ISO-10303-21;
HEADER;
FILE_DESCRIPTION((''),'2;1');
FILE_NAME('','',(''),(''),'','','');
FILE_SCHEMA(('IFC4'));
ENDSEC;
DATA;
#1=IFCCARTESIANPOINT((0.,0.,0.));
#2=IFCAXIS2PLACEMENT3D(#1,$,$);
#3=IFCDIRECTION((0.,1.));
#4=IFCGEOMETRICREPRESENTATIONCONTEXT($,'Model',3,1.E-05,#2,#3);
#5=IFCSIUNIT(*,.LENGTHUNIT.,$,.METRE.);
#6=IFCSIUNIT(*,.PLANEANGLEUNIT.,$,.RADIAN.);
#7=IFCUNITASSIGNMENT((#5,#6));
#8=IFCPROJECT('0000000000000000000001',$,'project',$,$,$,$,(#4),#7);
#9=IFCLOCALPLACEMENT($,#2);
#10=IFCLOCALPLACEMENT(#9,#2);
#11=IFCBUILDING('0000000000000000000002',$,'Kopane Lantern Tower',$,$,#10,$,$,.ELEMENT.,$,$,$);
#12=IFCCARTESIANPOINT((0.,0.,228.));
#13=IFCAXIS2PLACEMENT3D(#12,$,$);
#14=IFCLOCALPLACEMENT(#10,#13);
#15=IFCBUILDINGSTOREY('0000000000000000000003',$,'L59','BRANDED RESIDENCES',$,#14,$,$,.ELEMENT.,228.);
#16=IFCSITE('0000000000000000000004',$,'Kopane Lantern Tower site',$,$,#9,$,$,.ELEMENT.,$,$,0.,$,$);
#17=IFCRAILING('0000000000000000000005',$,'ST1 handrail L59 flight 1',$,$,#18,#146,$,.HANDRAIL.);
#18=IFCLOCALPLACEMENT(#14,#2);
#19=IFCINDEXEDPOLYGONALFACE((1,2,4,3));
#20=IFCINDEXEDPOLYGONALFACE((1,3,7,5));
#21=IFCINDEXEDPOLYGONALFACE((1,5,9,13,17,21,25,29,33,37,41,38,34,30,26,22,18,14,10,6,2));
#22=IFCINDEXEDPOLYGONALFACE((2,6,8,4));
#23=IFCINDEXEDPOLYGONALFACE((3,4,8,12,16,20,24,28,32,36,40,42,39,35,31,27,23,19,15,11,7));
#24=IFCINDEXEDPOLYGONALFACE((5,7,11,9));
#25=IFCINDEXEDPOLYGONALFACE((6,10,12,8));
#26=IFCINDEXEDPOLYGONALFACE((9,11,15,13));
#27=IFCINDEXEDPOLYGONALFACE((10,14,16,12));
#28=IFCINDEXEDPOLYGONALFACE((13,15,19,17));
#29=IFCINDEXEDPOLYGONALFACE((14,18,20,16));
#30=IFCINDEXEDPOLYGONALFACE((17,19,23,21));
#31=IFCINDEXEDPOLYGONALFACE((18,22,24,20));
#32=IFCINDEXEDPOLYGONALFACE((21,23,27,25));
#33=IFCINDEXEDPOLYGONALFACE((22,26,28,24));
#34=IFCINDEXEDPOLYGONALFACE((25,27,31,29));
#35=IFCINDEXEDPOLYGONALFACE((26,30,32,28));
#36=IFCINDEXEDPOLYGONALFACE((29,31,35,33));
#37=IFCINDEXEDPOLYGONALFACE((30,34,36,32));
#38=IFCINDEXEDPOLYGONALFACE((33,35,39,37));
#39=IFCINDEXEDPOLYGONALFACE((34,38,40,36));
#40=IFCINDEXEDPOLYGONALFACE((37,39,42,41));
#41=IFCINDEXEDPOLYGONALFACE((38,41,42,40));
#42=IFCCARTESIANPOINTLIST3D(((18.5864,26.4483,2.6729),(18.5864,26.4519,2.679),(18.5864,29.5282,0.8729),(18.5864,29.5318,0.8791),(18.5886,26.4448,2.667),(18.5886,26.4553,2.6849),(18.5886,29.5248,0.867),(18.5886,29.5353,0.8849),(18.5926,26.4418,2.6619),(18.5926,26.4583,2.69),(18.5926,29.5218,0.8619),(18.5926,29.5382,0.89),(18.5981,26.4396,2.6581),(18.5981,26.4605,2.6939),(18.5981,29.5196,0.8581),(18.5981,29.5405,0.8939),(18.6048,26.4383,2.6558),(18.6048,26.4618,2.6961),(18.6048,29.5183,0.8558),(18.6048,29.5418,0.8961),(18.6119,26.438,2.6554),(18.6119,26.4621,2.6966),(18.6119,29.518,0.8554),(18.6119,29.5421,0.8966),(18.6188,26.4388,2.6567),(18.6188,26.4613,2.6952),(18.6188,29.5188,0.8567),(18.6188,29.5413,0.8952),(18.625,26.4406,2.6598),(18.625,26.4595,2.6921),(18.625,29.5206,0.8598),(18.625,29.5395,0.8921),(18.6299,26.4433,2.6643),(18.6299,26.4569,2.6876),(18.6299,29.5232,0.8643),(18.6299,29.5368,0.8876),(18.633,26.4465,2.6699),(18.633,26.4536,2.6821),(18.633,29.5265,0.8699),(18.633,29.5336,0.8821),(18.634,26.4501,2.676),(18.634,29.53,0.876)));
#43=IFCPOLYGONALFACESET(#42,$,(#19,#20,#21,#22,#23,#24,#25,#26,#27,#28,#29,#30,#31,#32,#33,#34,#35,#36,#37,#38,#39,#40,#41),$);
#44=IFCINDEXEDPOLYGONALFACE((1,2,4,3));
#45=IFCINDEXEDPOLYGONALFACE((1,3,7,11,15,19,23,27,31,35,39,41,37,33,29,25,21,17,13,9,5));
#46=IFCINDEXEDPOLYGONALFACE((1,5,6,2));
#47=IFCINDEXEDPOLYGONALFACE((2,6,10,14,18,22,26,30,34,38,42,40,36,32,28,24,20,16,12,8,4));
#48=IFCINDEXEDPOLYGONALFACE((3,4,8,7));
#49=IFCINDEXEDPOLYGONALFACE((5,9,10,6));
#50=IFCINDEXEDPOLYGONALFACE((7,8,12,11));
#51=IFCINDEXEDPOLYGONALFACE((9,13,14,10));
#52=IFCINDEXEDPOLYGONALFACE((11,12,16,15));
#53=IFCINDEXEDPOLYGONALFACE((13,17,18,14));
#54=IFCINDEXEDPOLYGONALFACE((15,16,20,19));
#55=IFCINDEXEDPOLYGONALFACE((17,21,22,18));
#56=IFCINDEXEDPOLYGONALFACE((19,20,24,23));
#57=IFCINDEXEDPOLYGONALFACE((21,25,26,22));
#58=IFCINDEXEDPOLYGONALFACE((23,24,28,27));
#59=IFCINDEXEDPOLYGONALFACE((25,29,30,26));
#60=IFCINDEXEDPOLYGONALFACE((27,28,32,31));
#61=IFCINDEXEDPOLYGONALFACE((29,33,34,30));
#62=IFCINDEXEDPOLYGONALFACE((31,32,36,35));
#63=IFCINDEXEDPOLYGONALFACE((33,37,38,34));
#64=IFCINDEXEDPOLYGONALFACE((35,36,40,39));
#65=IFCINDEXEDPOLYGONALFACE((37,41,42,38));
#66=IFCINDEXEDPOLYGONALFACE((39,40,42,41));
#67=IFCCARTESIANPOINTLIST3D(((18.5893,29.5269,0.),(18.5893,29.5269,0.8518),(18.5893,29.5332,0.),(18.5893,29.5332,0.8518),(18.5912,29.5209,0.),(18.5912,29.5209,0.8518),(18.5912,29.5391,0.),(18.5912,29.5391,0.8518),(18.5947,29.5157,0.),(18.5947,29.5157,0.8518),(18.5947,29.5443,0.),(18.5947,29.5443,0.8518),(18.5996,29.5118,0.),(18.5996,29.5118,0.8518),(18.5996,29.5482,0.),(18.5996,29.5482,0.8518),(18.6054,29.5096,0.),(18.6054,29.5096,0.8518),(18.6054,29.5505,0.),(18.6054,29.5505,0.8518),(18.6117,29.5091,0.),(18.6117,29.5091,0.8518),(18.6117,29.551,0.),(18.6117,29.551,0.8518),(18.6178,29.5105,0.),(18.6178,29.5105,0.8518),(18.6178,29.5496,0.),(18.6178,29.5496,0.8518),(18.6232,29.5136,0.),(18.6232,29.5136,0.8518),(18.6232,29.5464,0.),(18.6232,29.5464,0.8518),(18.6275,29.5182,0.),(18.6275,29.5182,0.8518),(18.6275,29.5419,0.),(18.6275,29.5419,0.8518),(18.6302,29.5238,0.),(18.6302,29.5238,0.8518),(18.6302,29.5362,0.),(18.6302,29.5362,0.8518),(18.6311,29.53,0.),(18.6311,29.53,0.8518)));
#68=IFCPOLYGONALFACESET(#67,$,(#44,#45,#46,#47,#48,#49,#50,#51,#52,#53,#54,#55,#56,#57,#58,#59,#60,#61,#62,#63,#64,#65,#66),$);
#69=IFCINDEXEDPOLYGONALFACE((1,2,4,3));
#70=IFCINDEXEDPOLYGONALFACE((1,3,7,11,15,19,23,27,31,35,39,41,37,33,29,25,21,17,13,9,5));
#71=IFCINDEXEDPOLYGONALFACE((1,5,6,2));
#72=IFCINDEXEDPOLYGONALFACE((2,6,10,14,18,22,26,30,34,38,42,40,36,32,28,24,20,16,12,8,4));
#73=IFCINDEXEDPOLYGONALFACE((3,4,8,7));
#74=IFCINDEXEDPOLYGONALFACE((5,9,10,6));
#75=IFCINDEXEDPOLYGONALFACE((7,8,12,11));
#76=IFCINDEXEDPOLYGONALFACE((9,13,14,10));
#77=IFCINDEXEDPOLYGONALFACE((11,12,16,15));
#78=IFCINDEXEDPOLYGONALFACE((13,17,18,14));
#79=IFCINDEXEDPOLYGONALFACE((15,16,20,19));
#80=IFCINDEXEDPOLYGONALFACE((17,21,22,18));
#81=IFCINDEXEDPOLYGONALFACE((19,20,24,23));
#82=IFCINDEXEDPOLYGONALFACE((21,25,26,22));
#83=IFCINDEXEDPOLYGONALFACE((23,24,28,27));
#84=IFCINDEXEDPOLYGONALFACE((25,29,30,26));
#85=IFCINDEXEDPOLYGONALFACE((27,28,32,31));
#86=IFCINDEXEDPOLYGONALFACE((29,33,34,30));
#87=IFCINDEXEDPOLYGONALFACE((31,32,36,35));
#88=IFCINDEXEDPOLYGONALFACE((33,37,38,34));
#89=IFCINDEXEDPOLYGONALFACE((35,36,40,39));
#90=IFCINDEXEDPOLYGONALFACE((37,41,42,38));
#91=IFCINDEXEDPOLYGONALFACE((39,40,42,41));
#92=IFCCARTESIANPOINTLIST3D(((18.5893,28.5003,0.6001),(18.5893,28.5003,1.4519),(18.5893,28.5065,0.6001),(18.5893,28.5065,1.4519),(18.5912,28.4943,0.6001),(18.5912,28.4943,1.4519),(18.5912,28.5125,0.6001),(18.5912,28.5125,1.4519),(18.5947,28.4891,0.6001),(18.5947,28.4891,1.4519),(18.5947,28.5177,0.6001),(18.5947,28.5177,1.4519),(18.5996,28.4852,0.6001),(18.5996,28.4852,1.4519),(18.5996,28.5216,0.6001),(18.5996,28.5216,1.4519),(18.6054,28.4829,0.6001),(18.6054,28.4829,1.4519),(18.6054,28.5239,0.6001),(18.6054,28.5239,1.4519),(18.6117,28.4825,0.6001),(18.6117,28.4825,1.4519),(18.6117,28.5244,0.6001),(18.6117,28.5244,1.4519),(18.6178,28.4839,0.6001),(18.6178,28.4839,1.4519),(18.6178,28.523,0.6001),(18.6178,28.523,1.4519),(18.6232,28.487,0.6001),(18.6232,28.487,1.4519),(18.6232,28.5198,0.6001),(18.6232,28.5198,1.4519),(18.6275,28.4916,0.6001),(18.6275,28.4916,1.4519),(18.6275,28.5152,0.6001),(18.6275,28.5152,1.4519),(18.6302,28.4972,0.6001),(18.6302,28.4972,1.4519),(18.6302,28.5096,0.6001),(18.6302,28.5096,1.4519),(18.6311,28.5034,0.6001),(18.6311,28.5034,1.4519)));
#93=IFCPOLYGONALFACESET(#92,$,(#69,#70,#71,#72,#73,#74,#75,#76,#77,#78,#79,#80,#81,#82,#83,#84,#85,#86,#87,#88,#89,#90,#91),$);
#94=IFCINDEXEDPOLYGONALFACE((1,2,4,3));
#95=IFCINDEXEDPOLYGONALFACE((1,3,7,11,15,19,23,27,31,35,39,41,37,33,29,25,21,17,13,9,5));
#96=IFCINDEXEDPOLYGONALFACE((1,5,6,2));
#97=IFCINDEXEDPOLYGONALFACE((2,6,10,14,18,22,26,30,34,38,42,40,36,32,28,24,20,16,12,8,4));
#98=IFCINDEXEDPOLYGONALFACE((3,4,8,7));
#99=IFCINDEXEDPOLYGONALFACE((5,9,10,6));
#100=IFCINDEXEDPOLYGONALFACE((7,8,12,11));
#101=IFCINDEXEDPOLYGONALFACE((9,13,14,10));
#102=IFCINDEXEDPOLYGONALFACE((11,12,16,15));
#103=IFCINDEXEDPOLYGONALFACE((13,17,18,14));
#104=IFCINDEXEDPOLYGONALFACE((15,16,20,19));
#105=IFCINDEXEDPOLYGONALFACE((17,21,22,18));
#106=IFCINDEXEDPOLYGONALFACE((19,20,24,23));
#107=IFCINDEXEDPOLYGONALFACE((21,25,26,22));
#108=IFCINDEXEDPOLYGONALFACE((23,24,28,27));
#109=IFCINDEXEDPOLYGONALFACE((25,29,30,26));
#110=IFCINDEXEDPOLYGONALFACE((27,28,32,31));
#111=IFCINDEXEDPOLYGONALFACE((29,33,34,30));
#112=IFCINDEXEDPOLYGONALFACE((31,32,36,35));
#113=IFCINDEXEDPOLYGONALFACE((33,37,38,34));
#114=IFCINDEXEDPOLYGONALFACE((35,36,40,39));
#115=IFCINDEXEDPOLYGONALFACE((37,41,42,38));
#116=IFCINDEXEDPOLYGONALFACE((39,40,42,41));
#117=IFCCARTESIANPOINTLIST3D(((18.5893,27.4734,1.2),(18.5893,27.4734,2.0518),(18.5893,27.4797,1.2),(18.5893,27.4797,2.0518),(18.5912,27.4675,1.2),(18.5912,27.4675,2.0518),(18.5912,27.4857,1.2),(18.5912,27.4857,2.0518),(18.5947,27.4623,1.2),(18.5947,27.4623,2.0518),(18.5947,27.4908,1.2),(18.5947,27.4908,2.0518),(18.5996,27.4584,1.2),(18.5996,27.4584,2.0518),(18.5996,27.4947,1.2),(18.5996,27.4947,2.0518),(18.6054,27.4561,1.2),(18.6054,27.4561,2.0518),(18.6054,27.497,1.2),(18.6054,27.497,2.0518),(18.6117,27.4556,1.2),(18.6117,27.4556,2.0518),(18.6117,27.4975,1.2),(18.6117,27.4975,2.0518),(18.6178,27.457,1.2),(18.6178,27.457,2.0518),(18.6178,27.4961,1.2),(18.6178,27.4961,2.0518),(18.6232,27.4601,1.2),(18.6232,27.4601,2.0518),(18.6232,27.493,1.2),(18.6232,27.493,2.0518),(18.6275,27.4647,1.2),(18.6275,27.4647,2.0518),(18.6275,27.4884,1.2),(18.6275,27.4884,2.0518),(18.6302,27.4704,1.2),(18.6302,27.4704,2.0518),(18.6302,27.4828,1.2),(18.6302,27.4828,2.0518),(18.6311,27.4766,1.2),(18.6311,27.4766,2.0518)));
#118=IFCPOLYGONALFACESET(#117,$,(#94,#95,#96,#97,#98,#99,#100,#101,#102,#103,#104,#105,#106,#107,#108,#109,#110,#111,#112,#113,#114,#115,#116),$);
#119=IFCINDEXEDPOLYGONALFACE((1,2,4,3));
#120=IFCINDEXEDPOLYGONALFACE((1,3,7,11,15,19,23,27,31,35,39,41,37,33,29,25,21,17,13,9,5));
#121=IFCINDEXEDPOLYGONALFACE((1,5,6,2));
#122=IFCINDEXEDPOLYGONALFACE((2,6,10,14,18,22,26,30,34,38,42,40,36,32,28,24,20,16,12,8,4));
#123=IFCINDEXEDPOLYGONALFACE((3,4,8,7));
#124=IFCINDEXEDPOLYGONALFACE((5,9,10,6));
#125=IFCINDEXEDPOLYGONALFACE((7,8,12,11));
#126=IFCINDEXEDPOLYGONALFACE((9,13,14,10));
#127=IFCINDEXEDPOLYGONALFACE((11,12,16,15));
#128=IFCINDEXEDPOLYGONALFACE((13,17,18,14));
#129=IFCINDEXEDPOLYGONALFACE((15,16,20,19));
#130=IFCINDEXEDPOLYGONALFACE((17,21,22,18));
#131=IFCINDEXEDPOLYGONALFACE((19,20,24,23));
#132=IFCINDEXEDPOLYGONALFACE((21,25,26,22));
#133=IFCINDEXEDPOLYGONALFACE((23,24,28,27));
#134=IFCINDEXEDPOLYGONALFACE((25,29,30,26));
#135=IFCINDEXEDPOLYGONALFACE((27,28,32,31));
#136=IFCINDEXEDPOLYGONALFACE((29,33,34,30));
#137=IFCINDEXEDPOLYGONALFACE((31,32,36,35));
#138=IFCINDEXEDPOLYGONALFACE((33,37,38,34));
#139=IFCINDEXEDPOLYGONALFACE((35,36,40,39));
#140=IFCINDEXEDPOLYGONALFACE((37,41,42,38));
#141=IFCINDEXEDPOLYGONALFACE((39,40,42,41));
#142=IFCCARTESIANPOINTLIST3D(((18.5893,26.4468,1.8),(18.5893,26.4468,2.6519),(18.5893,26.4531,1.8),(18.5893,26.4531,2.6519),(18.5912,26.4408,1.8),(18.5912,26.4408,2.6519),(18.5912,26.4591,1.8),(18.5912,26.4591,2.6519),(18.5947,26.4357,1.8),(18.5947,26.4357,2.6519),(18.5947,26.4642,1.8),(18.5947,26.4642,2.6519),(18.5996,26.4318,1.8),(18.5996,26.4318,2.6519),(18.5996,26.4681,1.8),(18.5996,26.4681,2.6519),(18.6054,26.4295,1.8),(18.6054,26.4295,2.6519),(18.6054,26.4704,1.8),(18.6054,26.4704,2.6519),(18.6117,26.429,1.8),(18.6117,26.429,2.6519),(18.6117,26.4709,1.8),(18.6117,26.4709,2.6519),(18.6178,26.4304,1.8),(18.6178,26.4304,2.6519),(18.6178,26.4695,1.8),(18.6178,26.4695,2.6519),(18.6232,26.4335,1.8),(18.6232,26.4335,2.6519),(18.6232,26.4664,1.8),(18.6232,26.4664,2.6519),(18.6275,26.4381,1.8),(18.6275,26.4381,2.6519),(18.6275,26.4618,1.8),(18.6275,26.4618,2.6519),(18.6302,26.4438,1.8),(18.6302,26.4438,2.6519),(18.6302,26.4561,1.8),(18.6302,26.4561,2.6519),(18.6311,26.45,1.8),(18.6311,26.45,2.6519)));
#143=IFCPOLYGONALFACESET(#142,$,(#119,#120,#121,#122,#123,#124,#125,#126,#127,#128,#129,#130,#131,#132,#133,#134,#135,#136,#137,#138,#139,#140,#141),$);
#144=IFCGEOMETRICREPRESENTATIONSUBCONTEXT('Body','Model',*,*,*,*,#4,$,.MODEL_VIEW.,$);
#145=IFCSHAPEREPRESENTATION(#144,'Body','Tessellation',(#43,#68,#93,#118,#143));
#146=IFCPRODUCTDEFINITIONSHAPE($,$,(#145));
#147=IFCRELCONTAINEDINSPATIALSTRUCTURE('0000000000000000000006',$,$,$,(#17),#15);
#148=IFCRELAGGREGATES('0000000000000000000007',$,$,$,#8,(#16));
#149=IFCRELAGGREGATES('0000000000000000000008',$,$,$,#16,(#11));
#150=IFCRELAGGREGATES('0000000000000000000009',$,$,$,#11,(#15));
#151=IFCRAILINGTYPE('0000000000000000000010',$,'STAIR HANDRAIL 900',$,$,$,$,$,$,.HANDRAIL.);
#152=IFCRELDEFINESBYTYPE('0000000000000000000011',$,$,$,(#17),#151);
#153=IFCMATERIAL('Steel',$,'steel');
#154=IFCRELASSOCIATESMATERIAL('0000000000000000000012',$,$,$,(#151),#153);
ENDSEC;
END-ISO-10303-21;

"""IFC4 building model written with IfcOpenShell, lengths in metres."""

from ifc_helpers import new_model, si_unit, direction, frame, origin, origin_2d, place, context, subcontext, project, spatial, circle, extrude, material, type_object, element, save


model = new_model("IFC4")

# Units and contexts
model_context = context("Model", 3, precision=1e-05, world=origin(), true_north=direction((0.0, 1.0)))
body_context = subcontext(model_context, "Body", "Model", "MODEL_VIEW")
ifc_project = project(units=[si_unit("LENGTHUNIT", "METRE"), si_unit("PLANEANGLEUNIT", "RADIAN")], contexts=[model_context])

# Site, building, storey
site_placement = place(None, origin())
site = spatial("IfcSite", under=ifc_project, at=site_placement, Name="Kopane Lantern Tower site", CompositionType="ELEMENT", RefElevation=0.0)
building_placement = place(site_placement, origin())
building = spatial("IfcBuilding", under=site, at=building_placement, Name="Kopane Lantern Tower", CompositionType="ELEMENT")
storey_placement = place(building_placement, frame((0.0, 0.0, 228.0)))
storey = spatial("IfcBuildingStorey", under=building, at=storey_placement, Name="L59", Description="BRANDED RESIDENCES", CompositionType="ELEMENT", Elevation=228.0)

# Railing
ifc_material_1 = material(Name="Steel", Category="steel")
railing_type_1 = type_object("IfcRailingType", Name="STAIR HANDRAIL 900", PredefinedType="HANDRAIL", material=ifc_material_1)
for number, where, name in (
    (1, (18.6101, 29.53, 0.0), "ST1 handrail L59 flight 1"),
):
    element("IfcRailing", number, at=place(storey_placement, frame(where)), inside=storey, type_object=railing_type_1, Name=name, PredefinedType="HANDRAIL", context=body_context, shape_type="SweptSolid", body=[
        extrude(circle(Radius=0.0239, at=origin_2d()), frame((0.0, 0.0, 0.876), z_axis=(0.0, -0.863372, 0.504569), x_axis=(1.0, 0.0, 0.0)), (0.0, 0.0, 1.0), 3.5674),
        extrude(circle(Radius=0.021, at=origin_2d()), origin(), (0.0, 0.0, 1.0), 0.8518),
        extrude(circle(Radius=0.021, at=origin_2d()), frame((0.0, -1.0266, 0.6001)), (0.0, 0.0, 1.0), 0.8518),
        extrude(circle(Radius=0.021, at=origin_2d()), frame((0.0, -2.0535, 1.2)), (0.0, 0.0, 1.0), 0.8518),
        extrude(circle(Radius=0.021, at=origin_2d()), frame((0.0, -3.0801, 1.8)), (0.0, 0.0, 1.0), 0.8518),
    ])

save(model, "model.ifc")
